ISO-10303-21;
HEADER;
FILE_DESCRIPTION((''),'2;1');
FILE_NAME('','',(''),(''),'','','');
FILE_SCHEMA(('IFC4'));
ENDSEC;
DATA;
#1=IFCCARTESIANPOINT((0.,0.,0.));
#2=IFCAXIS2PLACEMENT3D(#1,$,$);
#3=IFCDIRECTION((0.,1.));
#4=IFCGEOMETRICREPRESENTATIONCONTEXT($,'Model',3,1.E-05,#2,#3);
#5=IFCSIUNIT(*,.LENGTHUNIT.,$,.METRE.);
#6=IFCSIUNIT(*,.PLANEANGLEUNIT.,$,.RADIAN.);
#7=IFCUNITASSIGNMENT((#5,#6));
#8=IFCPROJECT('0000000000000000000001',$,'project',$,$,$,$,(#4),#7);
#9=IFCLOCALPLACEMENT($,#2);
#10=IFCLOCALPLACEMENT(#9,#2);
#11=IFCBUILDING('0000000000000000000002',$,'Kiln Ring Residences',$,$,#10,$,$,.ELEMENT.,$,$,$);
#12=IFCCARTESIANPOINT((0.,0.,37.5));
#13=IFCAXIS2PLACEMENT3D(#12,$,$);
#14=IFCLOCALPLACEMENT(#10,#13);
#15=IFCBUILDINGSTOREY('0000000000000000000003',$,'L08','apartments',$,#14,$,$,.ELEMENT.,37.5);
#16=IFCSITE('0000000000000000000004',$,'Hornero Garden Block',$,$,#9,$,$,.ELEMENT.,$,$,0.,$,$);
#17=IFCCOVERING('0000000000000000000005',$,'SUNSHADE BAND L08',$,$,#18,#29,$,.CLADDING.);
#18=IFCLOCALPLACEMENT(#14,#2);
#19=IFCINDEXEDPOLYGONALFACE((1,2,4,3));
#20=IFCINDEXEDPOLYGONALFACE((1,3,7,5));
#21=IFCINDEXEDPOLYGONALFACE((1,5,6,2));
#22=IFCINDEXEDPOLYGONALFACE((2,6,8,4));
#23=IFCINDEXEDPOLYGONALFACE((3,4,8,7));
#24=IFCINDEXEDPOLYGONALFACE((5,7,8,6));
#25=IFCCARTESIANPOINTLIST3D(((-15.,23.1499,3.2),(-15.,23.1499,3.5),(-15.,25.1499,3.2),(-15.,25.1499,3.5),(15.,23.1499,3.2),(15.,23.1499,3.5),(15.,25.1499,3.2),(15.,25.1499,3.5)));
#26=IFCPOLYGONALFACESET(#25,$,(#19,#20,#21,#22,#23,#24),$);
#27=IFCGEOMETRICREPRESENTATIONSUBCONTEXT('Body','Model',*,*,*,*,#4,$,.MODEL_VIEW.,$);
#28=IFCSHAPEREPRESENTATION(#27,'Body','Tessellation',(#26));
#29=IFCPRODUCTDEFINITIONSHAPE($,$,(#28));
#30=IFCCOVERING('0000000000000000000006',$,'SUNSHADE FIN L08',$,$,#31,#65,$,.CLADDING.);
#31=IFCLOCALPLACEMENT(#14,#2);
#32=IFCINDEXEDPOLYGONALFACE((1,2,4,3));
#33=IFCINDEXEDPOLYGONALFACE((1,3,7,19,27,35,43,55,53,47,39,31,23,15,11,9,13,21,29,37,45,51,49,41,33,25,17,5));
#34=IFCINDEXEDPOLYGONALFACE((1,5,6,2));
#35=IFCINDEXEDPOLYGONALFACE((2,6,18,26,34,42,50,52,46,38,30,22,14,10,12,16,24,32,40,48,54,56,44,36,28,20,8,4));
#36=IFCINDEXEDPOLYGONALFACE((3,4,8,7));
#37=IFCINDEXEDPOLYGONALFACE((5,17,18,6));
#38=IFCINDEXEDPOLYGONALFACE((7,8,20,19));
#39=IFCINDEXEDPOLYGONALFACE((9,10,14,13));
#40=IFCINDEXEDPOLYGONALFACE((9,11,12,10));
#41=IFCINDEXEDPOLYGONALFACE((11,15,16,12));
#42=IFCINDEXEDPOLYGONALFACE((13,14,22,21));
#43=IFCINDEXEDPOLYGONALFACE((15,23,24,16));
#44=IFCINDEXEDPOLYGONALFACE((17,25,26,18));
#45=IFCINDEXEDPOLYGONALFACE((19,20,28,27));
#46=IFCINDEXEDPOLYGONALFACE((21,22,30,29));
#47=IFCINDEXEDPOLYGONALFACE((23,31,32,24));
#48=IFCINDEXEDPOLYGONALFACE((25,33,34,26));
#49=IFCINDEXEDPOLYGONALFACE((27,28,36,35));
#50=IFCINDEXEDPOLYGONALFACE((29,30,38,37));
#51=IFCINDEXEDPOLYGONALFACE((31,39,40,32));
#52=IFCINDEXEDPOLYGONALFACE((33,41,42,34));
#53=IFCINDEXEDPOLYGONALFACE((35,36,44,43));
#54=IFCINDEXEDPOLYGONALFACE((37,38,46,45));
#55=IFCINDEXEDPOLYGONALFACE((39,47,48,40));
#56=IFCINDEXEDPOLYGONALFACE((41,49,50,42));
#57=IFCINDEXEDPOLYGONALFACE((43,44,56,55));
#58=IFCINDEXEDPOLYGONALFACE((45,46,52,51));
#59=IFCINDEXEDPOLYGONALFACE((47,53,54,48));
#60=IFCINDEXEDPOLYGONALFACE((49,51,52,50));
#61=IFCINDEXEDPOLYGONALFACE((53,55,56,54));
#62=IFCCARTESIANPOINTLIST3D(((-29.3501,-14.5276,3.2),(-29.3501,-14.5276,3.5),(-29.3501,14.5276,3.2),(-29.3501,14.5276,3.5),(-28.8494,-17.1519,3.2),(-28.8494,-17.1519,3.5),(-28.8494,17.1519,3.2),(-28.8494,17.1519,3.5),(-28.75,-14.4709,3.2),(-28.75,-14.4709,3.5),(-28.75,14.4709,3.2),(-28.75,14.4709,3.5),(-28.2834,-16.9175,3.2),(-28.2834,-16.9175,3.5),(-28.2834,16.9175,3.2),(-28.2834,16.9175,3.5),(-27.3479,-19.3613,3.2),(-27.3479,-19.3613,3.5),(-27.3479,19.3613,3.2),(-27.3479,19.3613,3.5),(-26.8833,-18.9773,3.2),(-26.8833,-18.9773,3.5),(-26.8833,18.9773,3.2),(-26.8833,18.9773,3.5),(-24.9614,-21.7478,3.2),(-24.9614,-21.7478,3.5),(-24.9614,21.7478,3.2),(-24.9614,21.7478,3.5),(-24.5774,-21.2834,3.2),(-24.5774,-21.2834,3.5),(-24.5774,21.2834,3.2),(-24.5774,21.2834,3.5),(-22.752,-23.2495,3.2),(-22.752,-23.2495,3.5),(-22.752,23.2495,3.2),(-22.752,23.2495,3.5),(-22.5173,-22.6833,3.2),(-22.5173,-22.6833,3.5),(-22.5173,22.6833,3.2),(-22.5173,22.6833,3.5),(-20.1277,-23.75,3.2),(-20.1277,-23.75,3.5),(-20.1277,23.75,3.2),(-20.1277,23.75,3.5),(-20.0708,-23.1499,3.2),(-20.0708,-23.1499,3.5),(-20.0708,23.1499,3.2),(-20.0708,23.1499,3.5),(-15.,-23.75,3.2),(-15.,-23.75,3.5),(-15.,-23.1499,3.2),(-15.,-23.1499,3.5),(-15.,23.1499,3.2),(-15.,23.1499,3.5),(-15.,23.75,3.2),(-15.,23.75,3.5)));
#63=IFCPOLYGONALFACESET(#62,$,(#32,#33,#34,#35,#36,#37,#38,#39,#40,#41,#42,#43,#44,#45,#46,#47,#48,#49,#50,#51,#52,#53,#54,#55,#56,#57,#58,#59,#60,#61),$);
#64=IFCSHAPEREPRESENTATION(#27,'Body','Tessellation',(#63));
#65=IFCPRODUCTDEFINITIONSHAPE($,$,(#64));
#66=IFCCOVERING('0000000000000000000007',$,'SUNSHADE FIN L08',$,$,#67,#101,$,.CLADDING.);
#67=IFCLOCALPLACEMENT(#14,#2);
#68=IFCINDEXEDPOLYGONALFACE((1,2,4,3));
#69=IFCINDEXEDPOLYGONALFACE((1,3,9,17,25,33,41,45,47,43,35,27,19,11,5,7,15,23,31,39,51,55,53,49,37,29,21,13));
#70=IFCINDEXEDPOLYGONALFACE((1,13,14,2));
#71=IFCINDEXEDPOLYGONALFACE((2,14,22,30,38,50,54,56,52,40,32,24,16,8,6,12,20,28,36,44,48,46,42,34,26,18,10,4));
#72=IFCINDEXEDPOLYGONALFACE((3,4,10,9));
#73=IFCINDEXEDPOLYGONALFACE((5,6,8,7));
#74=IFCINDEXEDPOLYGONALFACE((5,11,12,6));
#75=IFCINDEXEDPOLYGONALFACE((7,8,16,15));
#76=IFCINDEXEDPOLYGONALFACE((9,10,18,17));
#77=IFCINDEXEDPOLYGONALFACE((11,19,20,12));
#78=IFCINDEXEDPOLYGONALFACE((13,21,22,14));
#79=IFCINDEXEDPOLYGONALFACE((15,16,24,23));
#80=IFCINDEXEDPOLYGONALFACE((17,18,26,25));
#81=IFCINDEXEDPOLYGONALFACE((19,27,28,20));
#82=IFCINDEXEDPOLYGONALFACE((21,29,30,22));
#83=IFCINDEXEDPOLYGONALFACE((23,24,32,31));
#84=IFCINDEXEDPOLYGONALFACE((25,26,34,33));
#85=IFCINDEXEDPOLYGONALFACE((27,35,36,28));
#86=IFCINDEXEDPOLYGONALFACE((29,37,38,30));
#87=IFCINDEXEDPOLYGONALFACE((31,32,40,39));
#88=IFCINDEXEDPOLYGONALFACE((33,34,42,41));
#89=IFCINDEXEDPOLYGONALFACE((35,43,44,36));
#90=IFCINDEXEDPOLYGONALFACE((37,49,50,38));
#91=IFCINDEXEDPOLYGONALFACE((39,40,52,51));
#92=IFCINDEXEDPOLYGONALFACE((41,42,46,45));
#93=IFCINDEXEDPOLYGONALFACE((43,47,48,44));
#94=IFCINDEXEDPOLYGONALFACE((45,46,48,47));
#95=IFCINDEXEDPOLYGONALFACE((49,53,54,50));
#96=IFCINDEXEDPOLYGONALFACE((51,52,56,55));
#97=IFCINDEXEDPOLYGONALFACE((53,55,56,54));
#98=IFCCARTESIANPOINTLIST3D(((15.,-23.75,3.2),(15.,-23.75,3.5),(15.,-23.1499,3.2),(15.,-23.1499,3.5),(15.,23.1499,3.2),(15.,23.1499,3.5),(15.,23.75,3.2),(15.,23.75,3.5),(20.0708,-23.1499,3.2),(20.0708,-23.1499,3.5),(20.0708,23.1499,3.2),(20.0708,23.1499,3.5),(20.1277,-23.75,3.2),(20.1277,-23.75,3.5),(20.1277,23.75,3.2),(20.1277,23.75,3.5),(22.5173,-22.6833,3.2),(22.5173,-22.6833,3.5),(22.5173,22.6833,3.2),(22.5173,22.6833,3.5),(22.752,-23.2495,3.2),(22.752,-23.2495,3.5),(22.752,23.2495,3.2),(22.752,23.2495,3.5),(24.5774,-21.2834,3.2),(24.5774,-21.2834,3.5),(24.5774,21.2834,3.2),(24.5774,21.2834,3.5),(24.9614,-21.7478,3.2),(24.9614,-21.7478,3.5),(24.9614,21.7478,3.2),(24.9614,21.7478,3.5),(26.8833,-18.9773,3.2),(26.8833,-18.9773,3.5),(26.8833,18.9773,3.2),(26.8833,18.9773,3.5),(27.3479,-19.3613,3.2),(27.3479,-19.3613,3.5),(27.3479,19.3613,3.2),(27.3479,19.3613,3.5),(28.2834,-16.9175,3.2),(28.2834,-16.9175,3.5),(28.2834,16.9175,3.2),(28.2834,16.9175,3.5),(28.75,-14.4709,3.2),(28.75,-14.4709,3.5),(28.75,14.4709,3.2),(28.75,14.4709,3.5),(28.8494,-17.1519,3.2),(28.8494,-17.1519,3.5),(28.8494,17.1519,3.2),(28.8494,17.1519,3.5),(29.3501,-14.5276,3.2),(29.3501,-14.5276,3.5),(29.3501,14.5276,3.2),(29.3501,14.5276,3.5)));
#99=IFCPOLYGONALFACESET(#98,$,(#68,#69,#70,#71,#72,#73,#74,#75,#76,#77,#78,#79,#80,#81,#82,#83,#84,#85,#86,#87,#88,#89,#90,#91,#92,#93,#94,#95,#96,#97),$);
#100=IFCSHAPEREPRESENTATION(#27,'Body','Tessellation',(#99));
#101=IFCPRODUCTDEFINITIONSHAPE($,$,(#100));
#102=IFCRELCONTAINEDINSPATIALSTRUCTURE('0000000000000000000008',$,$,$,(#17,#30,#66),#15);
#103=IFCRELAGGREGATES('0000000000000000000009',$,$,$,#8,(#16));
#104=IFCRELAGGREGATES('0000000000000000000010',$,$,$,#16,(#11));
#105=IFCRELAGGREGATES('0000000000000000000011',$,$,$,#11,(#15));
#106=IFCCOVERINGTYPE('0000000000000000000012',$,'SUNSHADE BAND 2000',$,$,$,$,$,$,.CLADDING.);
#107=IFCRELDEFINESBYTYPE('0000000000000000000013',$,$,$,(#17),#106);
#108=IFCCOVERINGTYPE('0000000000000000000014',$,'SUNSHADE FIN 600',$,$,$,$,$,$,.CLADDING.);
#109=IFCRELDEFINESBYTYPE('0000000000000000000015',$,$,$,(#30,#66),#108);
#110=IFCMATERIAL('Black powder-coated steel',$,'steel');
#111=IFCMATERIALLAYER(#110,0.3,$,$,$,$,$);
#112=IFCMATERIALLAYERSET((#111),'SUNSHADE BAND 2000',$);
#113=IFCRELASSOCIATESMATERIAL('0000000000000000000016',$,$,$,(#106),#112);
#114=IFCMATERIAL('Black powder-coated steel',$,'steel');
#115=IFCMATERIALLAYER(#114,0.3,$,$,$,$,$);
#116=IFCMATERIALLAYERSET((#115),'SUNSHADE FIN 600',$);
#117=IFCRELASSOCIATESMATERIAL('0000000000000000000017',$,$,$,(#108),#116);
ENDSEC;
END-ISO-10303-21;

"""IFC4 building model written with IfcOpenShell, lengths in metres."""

from ifc_helpers import new_model, si_unit, direction, frame, origin, place, context, subcontext, project, spatial, polyline, outline, extrude, material, layer, layer_set, type_object, element, save


model = new_model("IFC4")

# Units and contexts
model_context = context("Model", 3, precision=1e-05, world=origin(), true_north=direction((0.0, 1.0)))
body_context = subcontext(model_context, "Body", "Model", "MODEL_VIEW")
ifc_project = project(units=[si_unit("LENGTHUNIT", "METRE"), si_unit("PLANEANGLEUNIT", "RADIAN")], contexts=[model_context])

# Site, building, storey
site_placement = place(None, origin())
site = spatial("IfcSite", under=ifc_project, at=site_placement, Name="Hornero Garden Block", CompositionType="ELEMENT", RefElevation=0.0)
building_placement = place(site_placement, origin())
building = spatial("IfcBuilding", under=site, at=building_placement, Name="Kiln Ring Residences", CompositionType="ELEMENT")
storey_placement = place(building_placement, frame((0.0, 0.0, 37.5)))
storey = spatial("IfcBuildingStorey", under=building, at=storey_placement, Name="L08", Description="apartments", CompositionType="ELEMENT", Elevation=37.5)

# Coverings
ifc_material_1 = material(Name="Black powder-coated steel", Category="steel")
ifc_layer_1 = layer(ifc_material_1, 0.3)
ifc_layer_set_1 = layer_set([ifc_layer_1], Name="SUNSHADE BAND 2000")
covering_type_1 = type_object("IfcCoveringType", Name="SUNSHADE BAND 2000", PredefinedType="CLADDING", material=ifc_layer_set_1)
placement = place(storey_placement, frame((0.0, 0.0, 3.2)))
element("IfcCovering", 1, at=placement, inside=storey, type_object=covering_type_1, Name="SUNSHADE BAND L08", PredefinedType="CLADDING", context=body_context, shape_type="SweptSolid", body=[
    extrude(outline(polyline([(15.0, 25.1499), (-15.0, 25.1499), (-15.0, 23.1499), (15.0, 23.1499), (15.0, 25.1499)])), origin(), (0.0, 0.0, 1.0), 0.3),
])
ifc_material_2 = material(Name="Black powder-coated steel", Category="steel")
ifc_layer_2 = layer(ifc_material_2, 0.3)
ifc_layer_set_2 = layer_set([ifc_layer_2], Name="SUNSHADE FIN 600")
covering_type_2 = type_object("IfcCoveringType", Name="SUNSHADE FIN 600", PredefinedType="CLADDING", material=ifc_layer_set_2)
element("IfcCovering", 2, at=placement, inside=storey, type_object=covering_type_2, Name="SUNSHADE FIN L08", PredefinedType="CLADDING", context=body_context, shape_type="SweptSolid", body=[
    extrude(outline(polyline([(-29.3501, -14.5276), (-28.8494, -17.1519), (-27.3479, -19.3613), (-24.9614, -21.7478), (-22.752, -23.2495), (-20.1277, -23.75), (-15.0, -23.75), (-15.0, -23.1499), (-20.0708, -23.1499), (-22.5173, -22.6833), (-24.5774, -21.2834), (-26.8833, -18.9773), (-28.2834, -16.9175), (-28.75, -14.4709), (-28.75, 14.4709), (-28.2834, 16.9175), (-26.8833, 18.9773), (-24.5774, 21.2834), (-22.5173, 22.6833), (-20.0708, 23.1499), (-15.0, 23.1499), (-15.0, 23.75), (-20.1277, 23.75), (-22.752, 23.2495), (-24.9614, 21.7478), (-27.3479, 19.3613), (-28.8494, 17.1519), (-29.3501, 14.5276), (-29.3501, -14.5276)])), origin(), (0.0, 0.0, 1.0), 0.3),
])
element("IfcCovering", 3, at=placement, inside=storey, type_object=covering_type_2, Name="SUNSHADE FIN L08", PredefinedType="CLADDING", context=body_context, shape_type="SweptSolid", body=[
    extrude(outline(polyline([(20.1277, 23.75), (15.0, 23.75), (15.0, 23.1499), (20.0708, 23.1499), (22.5173, 22.6833), (24.5774, 21.2834), (26.8833, 18.9773), (28.2834, 16.9175), (28.75, 14.4709), (28.75, -14.4709), (28.2834, -16.9175), (26.8833, -18.9773), (24.5774, -21.2834), (22.5173, -22.6833), (20.0708, -23.1499), (15.0, -23.1499), (15.0, -23.75), (20.1277, -23.75), (22.752, -23.2495), (24.9614, -21.7478), (27.3479, -19.3613), (28.8494, -17.1519), (29.3501, -14.5276), (29.3501, 14.5276), (28.8494, 17.1519), (27.3479, 19.3613), (24.9614, 21.7478), (22.752, 23.2495), (20.1277, 23.75)])), origin(), (0.0, 0.0, 1.0), 0.3),
])

save(model, "model.ifc")
